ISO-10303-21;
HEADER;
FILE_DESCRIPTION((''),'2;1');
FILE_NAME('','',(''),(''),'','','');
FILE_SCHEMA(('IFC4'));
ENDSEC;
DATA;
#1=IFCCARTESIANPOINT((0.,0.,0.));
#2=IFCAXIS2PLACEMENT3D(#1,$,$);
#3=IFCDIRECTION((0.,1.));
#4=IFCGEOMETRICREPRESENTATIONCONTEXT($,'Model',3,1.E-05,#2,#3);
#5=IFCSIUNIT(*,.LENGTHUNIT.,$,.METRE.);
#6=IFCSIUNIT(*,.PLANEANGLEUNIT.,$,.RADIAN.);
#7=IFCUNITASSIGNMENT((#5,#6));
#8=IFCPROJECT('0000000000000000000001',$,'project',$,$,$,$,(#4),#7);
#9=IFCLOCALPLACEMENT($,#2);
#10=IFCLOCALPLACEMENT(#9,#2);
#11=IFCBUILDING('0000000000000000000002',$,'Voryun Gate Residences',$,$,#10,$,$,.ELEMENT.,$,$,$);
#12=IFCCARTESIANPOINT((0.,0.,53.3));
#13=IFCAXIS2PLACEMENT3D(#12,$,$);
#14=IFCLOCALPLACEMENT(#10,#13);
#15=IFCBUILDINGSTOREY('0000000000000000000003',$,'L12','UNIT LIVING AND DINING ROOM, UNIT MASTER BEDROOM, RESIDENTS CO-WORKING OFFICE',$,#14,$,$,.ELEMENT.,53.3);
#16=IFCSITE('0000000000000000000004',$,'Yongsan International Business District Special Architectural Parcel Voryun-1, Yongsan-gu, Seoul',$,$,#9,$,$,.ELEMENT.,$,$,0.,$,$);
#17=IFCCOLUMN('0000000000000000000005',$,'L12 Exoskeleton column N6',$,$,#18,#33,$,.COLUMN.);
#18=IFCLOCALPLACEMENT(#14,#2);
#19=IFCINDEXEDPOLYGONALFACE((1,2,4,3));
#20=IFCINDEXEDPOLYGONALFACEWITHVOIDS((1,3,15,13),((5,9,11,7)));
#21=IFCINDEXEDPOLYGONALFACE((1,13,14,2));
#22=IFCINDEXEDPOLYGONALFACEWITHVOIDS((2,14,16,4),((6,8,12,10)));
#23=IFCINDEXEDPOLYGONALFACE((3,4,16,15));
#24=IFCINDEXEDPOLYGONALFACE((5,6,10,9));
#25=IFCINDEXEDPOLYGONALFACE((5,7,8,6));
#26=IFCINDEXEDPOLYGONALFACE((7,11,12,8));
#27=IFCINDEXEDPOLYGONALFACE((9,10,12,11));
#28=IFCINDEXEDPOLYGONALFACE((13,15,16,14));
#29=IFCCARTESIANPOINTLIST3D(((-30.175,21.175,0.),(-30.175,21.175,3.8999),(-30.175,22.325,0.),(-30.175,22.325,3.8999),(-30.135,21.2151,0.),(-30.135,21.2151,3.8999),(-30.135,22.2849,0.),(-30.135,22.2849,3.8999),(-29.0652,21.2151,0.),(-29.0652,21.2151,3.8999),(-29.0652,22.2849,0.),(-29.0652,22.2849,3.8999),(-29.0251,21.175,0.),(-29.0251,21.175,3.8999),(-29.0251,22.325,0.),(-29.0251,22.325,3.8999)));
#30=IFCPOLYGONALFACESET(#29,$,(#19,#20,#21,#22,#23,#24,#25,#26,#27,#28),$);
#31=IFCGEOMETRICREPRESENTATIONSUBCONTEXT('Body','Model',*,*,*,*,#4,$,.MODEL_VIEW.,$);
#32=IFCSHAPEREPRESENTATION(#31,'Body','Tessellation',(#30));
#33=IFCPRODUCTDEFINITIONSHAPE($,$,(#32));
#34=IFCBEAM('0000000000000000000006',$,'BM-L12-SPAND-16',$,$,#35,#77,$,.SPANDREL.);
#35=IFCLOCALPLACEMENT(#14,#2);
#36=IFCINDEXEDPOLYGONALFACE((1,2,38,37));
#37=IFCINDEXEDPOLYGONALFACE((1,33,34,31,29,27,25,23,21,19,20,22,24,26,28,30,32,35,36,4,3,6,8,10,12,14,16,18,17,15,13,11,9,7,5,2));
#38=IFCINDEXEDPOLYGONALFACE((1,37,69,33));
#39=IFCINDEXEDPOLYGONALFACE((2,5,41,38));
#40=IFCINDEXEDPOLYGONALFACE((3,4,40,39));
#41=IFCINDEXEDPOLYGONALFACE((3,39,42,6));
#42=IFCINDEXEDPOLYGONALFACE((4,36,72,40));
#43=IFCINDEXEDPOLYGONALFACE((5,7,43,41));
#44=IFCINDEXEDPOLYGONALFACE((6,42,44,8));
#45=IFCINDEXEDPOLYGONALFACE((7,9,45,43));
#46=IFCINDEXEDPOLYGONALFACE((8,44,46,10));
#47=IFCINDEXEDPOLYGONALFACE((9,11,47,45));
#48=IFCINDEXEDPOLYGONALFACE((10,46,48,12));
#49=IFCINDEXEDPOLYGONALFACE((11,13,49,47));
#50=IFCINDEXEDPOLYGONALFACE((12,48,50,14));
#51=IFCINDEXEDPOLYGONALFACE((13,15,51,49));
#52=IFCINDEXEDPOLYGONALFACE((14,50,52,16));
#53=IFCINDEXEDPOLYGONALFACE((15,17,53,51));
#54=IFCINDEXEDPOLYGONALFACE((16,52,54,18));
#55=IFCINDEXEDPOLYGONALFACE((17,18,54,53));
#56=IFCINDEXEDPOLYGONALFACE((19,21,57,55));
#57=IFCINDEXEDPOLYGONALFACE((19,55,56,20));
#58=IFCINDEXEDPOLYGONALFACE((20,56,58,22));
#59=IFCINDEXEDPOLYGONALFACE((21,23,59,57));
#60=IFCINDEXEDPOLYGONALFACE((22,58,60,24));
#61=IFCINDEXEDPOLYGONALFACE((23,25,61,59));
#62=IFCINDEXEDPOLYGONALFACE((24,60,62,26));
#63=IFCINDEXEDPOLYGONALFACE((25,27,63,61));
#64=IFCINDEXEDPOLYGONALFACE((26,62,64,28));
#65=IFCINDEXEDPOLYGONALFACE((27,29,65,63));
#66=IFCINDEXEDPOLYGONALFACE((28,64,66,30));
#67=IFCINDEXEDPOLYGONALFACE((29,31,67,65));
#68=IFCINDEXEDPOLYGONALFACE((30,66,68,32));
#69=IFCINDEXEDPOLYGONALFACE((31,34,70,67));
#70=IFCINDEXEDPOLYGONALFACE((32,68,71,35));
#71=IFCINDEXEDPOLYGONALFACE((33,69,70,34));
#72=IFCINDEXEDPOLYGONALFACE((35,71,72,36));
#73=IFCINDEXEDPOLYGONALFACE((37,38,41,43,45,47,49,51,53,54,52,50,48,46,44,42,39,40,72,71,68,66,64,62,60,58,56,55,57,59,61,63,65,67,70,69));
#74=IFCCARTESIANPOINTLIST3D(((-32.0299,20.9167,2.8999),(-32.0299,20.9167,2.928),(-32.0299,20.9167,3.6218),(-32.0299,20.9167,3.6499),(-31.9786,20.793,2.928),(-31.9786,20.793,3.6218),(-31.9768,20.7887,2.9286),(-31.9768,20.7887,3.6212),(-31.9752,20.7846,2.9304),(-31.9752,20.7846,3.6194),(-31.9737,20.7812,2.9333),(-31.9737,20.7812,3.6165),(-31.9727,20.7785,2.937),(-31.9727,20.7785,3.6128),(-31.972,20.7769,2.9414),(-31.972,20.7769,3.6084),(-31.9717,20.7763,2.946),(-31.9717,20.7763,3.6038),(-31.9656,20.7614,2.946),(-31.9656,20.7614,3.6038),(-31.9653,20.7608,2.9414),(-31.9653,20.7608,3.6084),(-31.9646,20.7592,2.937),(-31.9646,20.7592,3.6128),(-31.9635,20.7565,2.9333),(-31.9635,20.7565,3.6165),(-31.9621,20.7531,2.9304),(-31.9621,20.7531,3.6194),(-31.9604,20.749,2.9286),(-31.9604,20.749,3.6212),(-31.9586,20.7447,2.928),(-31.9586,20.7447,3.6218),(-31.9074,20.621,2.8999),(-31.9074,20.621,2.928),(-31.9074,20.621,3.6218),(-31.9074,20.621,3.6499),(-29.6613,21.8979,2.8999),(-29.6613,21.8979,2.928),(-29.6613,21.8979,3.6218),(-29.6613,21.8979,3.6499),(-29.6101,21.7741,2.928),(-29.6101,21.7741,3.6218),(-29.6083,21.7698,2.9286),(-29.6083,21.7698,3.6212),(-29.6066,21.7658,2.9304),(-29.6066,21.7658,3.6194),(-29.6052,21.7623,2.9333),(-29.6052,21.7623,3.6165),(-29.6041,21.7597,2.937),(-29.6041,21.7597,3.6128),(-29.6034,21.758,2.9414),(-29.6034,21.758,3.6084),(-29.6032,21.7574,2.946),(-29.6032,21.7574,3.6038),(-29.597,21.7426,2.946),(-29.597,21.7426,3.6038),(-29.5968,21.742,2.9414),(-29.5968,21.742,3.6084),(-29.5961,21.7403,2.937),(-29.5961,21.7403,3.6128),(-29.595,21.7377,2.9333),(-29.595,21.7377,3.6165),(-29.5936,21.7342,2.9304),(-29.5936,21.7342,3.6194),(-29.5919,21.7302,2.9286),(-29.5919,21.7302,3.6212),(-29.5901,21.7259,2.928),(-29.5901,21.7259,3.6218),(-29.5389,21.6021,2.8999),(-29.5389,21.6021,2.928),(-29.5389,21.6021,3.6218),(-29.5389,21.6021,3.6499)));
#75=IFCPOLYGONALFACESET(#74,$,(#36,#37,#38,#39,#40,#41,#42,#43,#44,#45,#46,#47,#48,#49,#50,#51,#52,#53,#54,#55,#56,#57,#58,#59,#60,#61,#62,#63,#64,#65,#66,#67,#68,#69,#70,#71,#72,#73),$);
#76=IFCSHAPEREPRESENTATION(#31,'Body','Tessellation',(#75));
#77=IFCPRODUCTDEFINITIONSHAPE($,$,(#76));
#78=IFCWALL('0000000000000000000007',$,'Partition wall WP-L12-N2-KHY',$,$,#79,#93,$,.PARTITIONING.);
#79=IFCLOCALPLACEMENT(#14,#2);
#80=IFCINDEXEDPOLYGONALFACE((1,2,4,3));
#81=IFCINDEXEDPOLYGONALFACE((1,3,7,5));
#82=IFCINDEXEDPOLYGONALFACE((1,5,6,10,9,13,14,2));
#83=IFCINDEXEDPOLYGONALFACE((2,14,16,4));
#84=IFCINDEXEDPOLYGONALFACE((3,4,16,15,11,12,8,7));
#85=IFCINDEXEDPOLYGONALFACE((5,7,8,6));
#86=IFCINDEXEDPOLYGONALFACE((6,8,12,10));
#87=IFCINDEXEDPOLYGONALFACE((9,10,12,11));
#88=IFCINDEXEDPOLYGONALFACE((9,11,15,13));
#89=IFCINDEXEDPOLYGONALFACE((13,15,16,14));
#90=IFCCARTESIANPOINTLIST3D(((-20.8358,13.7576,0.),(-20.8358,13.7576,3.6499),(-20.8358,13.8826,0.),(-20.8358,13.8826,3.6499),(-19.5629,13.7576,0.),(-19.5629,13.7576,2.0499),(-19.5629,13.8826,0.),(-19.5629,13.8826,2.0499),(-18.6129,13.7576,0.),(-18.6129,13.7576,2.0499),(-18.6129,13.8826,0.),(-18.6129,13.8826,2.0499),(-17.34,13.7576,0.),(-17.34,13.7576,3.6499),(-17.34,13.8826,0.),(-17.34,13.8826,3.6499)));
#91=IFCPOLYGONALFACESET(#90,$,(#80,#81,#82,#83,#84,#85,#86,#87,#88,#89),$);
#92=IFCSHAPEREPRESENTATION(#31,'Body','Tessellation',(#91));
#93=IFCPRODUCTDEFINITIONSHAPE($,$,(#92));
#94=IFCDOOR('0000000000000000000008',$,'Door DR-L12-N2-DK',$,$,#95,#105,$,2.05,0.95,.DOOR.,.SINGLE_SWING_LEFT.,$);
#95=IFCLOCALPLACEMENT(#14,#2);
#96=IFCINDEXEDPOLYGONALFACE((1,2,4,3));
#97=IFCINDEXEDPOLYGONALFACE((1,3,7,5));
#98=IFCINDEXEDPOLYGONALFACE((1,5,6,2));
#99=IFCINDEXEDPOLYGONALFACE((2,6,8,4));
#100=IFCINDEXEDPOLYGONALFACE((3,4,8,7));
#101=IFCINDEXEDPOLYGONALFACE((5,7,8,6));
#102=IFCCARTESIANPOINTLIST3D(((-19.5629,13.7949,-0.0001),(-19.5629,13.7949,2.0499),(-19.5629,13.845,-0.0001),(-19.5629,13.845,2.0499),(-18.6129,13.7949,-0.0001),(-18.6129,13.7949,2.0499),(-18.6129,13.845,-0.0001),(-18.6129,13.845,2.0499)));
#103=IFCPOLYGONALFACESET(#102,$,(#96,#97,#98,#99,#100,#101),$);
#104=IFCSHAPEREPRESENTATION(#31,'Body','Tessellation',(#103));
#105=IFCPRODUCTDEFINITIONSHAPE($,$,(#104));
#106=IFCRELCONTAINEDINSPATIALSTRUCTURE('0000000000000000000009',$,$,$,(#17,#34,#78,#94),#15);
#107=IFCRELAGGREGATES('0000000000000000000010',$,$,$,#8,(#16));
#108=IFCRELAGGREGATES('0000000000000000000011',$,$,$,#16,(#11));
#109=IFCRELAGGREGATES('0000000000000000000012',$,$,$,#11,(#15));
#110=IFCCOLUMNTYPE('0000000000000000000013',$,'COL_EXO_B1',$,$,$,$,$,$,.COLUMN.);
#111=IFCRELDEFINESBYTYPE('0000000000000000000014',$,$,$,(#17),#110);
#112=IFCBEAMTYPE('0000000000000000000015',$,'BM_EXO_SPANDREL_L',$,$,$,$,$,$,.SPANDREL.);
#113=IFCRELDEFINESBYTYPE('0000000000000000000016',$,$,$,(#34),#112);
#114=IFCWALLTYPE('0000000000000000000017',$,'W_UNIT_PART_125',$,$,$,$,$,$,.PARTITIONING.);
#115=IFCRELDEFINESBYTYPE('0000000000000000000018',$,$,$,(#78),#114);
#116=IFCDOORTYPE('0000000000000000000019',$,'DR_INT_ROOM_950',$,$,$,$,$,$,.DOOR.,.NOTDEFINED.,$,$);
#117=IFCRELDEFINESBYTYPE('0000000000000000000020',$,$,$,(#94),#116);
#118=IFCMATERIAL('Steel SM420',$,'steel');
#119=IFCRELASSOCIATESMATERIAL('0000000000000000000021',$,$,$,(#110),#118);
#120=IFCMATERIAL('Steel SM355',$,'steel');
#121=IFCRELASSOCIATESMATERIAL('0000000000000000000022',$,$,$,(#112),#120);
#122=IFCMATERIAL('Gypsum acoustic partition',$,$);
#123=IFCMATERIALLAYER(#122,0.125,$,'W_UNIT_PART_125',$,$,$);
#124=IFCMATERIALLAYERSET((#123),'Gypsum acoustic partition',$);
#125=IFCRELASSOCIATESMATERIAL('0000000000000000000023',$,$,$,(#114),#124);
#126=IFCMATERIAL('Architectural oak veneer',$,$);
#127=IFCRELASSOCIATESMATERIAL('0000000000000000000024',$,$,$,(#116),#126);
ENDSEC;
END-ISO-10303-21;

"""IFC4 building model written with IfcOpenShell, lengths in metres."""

from ifc_helpers import new_model, si_unit, direction, frame, frame_2d, origin, origin_2d, place, context, subcontext, project, spatial, rectangle, hollow_rectangle, i_section, extrude, material, layer, layer_set, material_profile, profile_set, type_object, element, fill, save


model = new_model("IFC4")

# Units and contexts
model_context = context("Model", 3, precision=1e-05, world=origin(), true_north=direction((0.0, 1.0)))
body_context = subcontext(model_context, "Body", "Model", "MODEL_VIEW")
ifc_project = project(units=[si_unit("LENGTHUNIT", "METRE"), si_unit("PLANEANGLEUNIT", "RADIAN")], contexts=[model_context])

# Site, building, storey
site_placement = place(None, origin())
site = spatial("IfcSite", under=ifc_project, at=site_placement, Name="Yongsan International Business District Special Architectural Parcel Voryun-1, Yongsan-gu, Seoul", CompositionType="ELEMENT", RefElevation=0.0)
building_placement = place(site_placement, origin())
building = spatial("IfcBuilding", under=site, at=building_placement, Name="Voryun Gate Residences", CompositionType="ELEMENT")
storey_placement = place(building_placement, frame((0.0, 0.0, 53.3)))
storey = spatial("IfcBuildingStorey", under=building, at=storey_placement, Name="L12", Description="UNIT LIVING AND DINING ROOM, UNIT MASTER BEDROOM, RESIDENTS CO-WORKING OFFICE", CompositionType="ELEMENT", Elevation=53.3)

# Column
ifc_material_1 = material(Name="Steel SM420", Category="steel")
ifc_material_profile_1 = material_profile(ifc_material_1, hollow_rectangle(XDim=1.1499, YDim=1.1499, WallThickness=0.04, at=origin_2d()), Name="BOX-1150x1150x40")
ifc_profile_set_1 = profile_set([ifc_material_profile_1], Name="Steel SM420")
column_type = type_object("IfcColumnType", Name="COL_EXO_B1", PredefinedType="COLUMN", material=ifc_profile_set_1)
column_placement = place(storey_placement, frame((-29.6001, 21.75, 0.0), z_axis=(0.0, 0.0, 1.0), x_axis=(1.0, 0.0, 0.0)))
element("IfcColumn", 1, at=column_placement, inside=storey, type_object=column_type, Name="L12 Exoskeleton column N6", PredefinedType="COLUMN", context=body_context, shape_type="SweptSolid", body=[
    extrude(hollow_rectangle(XDim=1.1499, YDim=1.1499, WallThickness=0.04, at=origin_2d()), origin(), (0.0, 0.0, 1.0), 3.8999),
])

# Beam
ifc_material_2 = material(Name="Steel SM355", Category="steel")
ifc_material_profile_2 = material_profile(ifc_material_2, i_section(OverallWidth=0.3201, OverallDepth=0.75, WebThickness=0.0161, FlangeThickness=0.0281, FilletRadius=0.0181, at=origin_2d()), Name="H-750x320x16x28")
ifc_profile_set_2 = profile_set([ifc_material_profile_2], Name="Steel SM355")
beam_type = type_object("IfcBeamType", Name="BM_EXO_SPANDREL_L", PredefinedType="SPANDREL", material=ifc_profile_set_2)
beam_placement = place(storey_placement, frame((-29.6001, 21.75, 3.2749), z_axis=(-0.923869, -0.382708, 0.0), x_axis=(0.382708, -0.923869, 0.0)))
element("IfcBeam", 2, at=beam_placement, inside=storey, type_object=beam_type, Name="BM-L12-SPAND-16", PredefinedType="SPANDREL", context=body_context, shape_type="SweptSolid", body=[
    extrude(i_section(OverallWidth=0.3201, OverallDepth=0.75, WebThickness=0.0161, FlangeThickness=0.0281, FilletRadius=0.0181, at=origin_2d()), origin(), (0.0, 0.0, 1.0), 2.5637),
])

# Wall, opening, door
ifc_material_3 = material(Name="Gypsum acoustic partition")
ifc_layer_1 = layer(ifc_material_3, 0.125, Name="W_UNIT_PART_125")
ifc_layer_set_1 = layer_set([ifc_layer_1], Name="Gypsum acoustic partition")
wall_type_1 = type_object("IfcWallType", Name="W_UNIT_PART_125", PredefinedType="PARTITIONING", material=ifc_layer_set_1)
wall_1_placement = place(storey_placement, frame((-20.8359, 13.8201, 0.0), z_axis=(0.0, 0.0, 1.0), x_axis=(1.0, 0.0, 0.0)))
wall_1 = element("IfcWall", 3, at=wall_1_placement, inside=storey, type_object=wall_type_1, Name="Partition wall WP-L12-N2-KHY", PredefinedType="PARTITIONING", context=body_context, shape_type="SweptSolid", body=[
    extrude(rectangle(XDim=3.4958, YDim=0.125, at=frame_2d((1.748, 0.0))), origin(), (0.0, 0.0, 1.0), 3.6499),
])
opening_1_placement = place(wall_1_placement, frame((1.2729, 0.0, 0.0)))
opening_1 = element("IfcOpeningElement", 4, at=opening_1_placement, cuts=wall_1, PredefinedType="OPENING", context=body_context, shape_type="SweptSolid", body=[
    extrude(rectangle(XDim=0.95, YDim=2.05, at=frame_2d((0.4751, 1.0249))), frame((0.0, 0.0725, 0.0), z_axis=(0.0, -1.0, 0.0), x_axis=(1.0, 0.0, 0.0)), (0.0, 0.0, 1.0), 0.145),
])
ifc_material_4 = material(Name="Architectural oak veneer")
door_type = type_object("IfcDoorType", Name="DR_INT_ROOM_950", OperationType="NOTDEFINED", PredefinedType="DOOR", material=ifc_material_4)
door_placement = place(opening_1_placement, origin())
door = element("IfcDoor", 5, at=door_placement, inside=storey, type_object=door_type, Name="Door DR-L12-N2-DK", OperationType="SINGLE_SWING_LEFT", OverallHeight=2.05, OverallWidth=0.95, PredefinedType="DOOR", context=body_context, shape_type="SweptSolid", body=[
    extrude(rectangle(XDim=0.95, YDim=2.05, at=frame_2d((0.4751, 1.0249))), frame((0.0, 0.0249, 0.0), z_axis=(0.0, -1.0, 0.0), x_axis=(1.0, 0.0, 0.0)), (0.0, 0.0, 1.0), 0.05),
])
fill(opening_1, door)

save(model, "model.ifc")
